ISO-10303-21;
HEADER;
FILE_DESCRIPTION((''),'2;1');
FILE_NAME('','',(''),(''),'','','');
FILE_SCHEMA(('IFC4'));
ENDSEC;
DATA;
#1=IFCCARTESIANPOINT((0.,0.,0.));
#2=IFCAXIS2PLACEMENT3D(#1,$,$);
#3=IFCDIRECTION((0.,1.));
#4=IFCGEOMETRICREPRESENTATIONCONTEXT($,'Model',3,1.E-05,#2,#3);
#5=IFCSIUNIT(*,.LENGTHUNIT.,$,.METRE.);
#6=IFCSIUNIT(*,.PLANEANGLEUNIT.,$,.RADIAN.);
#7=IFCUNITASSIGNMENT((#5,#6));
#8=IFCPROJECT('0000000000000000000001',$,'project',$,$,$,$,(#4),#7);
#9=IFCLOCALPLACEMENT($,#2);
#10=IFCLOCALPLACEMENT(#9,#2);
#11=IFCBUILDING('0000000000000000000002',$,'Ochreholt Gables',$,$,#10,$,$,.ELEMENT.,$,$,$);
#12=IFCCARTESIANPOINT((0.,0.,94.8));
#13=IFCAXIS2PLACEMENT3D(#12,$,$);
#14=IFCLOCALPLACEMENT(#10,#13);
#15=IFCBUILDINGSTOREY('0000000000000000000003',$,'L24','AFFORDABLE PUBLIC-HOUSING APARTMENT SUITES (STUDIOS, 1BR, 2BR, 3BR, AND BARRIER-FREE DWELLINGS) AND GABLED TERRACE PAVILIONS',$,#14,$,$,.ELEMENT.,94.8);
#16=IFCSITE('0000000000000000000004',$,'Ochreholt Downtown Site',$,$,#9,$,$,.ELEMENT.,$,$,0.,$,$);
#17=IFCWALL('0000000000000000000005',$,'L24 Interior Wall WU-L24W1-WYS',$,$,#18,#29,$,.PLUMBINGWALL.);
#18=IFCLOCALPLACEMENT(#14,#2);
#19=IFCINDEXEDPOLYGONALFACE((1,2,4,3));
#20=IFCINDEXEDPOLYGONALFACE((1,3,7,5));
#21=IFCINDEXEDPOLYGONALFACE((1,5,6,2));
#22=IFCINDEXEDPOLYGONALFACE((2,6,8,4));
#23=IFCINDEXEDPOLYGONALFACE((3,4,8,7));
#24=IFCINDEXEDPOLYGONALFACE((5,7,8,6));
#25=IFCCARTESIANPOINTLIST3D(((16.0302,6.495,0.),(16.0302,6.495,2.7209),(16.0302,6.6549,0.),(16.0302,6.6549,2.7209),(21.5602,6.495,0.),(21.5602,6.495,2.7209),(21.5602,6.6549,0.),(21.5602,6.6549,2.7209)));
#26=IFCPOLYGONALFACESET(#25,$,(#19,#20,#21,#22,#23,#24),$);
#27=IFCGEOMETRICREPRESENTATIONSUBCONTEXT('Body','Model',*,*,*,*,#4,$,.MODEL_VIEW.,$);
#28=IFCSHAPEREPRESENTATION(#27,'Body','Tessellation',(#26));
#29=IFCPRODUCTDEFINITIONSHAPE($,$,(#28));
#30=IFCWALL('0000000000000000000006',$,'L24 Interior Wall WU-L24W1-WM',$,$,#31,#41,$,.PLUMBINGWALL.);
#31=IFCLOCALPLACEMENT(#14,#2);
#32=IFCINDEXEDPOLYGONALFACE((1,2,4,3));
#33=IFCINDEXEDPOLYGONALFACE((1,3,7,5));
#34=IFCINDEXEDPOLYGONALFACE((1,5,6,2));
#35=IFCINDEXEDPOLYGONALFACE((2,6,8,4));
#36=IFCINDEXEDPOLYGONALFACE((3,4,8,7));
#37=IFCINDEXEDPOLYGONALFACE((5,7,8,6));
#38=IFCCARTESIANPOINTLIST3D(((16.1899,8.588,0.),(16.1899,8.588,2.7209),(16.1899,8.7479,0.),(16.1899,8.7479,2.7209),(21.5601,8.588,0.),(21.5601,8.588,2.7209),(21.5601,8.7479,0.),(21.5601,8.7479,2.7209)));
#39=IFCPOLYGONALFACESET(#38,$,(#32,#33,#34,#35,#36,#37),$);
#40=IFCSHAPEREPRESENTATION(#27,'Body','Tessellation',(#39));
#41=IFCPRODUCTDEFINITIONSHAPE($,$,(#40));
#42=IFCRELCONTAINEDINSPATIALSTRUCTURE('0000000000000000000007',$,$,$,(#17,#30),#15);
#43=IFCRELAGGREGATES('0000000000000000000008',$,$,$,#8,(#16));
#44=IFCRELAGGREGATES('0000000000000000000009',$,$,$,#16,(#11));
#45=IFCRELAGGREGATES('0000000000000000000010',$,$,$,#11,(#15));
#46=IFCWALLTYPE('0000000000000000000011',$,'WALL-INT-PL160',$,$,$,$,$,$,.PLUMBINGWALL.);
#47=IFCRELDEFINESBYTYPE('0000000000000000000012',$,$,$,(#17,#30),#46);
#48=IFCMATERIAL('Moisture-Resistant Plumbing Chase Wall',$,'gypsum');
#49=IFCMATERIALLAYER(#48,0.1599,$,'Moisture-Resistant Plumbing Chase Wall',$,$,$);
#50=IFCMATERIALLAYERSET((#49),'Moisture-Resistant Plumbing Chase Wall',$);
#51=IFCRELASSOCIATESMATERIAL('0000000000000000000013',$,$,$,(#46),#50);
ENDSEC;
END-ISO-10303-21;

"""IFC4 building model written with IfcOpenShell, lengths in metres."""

from ifc_helpers import new_model, si_unit, direction, frame, frame_2d, origin, place, context, subcontext, project, spatial, rectangle, extrude, material, layer, layer_set, type_object, element, save


model = new_model("IFC4")

# Units and contexts
model_context = context("Model", 3, precision=1e-05, world=origin(), true_north=direction((0.0, 1.0)))
body_context = subcontext(model_context, "Body", "Model", "MODEL_VIEW")
ifc_project = project(units=[si_unit("LENGTHUNIT", "METRE"), si_unit("PLANEANGLEUNIT", "RADIAN")], contexts=[model_context])

# Site, building, storey
site_placement = place(None, origin())
site = spatial("IfcSite", under=ifc_project, at=site_placement, Name="Ochreholt Downtown Site", CompositionType="ELEMENT", RefElevation=0.0)
building_placement = place(site_placement, origin())
building = spatial("IfcBuilding", under=site, at=building_placement, Name="Ochreholt Gables", CompositionType="ELEMENT")
storey_placement = place(building_placement, frame((0.0, 0.0, 94.8)))
storey = spatial("IfcBuildingStorey", under=building, at=storey_placement, Name="L24", Description="AFFORDABLE PUBLIC-HOUSING APARTMENT SUITES (STUDIOS, 1BR, 2BR, 3BR, AND BARRIER-FREE DWELLINGS) AND GABLED TERRACE PAVILIONS", CompositionType="ELEMENT", Elevation=94.8)

# Wall
ifc_material_1 = material(Name="Moisture-Resistant Plumbing Chase Wall", Category="gypsum")
ifc_layer_1 = layer(ifc_material_1, 0.1599, Name="Moisture-Resistant Plumbing Chase Wall")
ifc_layer_set_1 = layer_set([ifc_layer_1], Name="Moisture-Resistant Plumbing Chase Wall")
wall_type_1 = type_object("IfcWallType", Name="WALL-INT-PL160", PredefinedType="PLUMBINGWALL", material=ifc_layer_set_1)
wall_1_placement = place(storey_placement, frame((16.03, 6.575, 0.0), z_axis=(0.0, 0.0, 1.0), x_axis=(1.0, 0.0, 0.0)))
element("IfcWall", 1, at=wall_1_placement, inside=storey, type_object=wall_type_1, Name="L24 Interior Wall WU-L24W1-WYS", PredefinedType="PLUMBINGWALL", context=body_context, shape_type="SweptSolid", body=[
    extrude(rectangle(XDim=5.53, YDim=0.1599, at=frame_2d((2.7651, 0.0))), origin(), (0.0, 0.0, 1.0), 2.7209),
])

# Wall
wall_2_placement = place(storey_placement, frame((16.1899, 8.668, 0.0), z_axis=(0.0, 0.0, 1.0), x_axis=(1.0, 0.0, 0.0)))
element("IfcWall", 2, at=wall_2_placement, inside=storey, type_object=wall_type_1, Name="L24 Interior Wall WU-L24W1-WM", PredefinedType="PLUMBINGWALL", context=body_context, shape_type="SweptSolid", body=[
    extrude(rectangle(XDim=5.3701, YDim=0.1599, at=frame_2d((2.6851, 0.0))), origin(), (0.0, 0.0, 1.0), 2.7209),
])

save(model, "model.ifc")
